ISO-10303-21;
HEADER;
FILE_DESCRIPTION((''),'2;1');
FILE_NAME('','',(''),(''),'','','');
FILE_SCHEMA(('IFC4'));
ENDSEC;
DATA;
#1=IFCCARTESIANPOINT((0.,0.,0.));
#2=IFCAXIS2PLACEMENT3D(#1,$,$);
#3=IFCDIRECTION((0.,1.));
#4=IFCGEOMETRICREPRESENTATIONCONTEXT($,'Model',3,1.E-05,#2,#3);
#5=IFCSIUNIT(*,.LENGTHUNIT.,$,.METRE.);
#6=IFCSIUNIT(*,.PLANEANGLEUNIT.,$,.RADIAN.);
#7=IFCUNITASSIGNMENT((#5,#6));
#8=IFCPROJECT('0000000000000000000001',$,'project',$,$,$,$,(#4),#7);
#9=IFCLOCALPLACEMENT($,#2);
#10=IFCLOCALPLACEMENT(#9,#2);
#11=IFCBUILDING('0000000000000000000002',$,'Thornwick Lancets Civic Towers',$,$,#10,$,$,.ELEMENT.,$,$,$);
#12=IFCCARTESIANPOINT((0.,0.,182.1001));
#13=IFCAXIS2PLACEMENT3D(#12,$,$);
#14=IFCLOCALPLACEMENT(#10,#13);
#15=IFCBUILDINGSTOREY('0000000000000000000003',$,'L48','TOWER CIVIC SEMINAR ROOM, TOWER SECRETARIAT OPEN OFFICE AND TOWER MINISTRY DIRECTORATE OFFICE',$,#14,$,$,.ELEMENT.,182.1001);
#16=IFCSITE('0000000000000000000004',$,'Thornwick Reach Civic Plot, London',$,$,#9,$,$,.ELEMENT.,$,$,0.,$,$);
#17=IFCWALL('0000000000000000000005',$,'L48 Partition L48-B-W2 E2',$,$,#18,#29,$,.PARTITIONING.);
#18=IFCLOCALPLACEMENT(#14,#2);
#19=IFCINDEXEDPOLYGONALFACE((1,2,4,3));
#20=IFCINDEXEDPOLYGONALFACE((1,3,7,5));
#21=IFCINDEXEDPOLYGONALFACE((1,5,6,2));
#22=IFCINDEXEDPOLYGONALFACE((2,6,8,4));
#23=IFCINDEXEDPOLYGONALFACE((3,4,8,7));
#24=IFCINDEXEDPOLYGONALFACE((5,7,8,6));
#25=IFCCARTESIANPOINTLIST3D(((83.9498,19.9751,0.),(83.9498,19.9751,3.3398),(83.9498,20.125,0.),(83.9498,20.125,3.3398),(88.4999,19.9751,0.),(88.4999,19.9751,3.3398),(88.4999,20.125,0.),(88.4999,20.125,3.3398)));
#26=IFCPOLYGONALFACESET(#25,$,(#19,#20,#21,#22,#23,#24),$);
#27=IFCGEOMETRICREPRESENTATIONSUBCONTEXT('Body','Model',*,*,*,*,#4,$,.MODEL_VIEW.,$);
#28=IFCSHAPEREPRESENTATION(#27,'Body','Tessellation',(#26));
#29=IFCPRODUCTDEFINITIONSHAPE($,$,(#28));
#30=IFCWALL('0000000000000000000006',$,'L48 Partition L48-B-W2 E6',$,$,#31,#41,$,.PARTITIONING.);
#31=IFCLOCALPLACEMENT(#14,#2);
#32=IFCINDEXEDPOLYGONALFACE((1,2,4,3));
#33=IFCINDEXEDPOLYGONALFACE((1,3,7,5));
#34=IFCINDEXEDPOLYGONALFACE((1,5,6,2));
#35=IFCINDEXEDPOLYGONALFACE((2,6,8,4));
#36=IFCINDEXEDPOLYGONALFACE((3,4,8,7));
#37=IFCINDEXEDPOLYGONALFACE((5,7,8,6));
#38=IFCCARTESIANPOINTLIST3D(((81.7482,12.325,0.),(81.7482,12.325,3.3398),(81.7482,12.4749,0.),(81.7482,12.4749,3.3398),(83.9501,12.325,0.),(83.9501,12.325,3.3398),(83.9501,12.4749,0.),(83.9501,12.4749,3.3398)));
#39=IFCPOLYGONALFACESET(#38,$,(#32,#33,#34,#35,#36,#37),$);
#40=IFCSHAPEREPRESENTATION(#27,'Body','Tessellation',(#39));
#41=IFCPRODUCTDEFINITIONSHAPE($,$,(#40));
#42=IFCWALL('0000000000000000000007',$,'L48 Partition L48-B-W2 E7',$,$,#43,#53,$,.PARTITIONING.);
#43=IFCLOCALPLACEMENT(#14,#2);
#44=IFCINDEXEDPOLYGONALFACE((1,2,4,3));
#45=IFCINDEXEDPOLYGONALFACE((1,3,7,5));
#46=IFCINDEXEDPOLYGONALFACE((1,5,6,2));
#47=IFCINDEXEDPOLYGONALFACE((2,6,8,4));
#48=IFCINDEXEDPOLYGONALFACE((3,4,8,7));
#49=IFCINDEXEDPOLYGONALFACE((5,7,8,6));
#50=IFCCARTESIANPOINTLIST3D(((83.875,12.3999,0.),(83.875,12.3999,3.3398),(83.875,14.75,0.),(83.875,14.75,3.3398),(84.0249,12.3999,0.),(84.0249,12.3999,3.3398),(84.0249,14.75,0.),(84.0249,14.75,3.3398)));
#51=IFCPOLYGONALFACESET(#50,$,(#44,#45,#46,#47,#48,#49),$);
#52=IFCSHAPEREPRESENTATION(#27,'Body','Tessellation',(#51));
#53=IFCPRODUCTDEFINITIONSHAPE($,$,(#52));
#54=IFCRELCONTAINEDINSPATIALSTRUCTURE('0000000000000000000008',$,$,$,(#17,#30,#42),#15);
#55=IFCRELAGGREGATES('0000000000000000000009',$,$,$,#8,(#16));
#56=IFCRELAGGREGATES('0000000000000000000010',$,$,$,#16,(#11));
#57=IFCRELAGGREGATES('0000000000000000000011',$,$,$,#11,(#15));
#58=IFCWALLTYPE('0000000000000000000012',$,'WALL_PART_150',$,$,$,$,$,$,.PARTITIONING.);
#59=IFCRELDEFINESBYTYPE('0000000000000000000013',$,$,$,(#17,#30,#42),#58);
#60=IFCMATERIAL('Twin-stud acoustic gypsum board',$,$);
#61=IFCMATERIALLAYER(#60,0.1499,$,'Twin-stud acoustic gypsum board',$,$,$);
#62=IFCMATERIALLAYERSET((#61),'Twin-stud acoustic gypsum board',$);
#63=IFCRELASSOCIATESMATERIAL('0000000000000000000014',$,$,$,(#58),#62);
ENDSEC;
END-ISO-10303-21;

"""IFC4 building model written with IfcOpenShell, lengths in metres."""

from ifc_helpers import new_model, si_unit, direction, frame, frame_2d, origin, place, context, subcontext, project, spatial, rectangle, extrude, material, layer, layer_set, type_object, element, save


model = new_model("IFC4")

# Units and contexts
model_context = context("Model", 3, precision=1e-05, world=origin(), true_north=direction((0.0, 1.0)))
body_context = subcontext(model_context, "Body", "Model", "MODEL_VIEW")
ifc_project = project(units=[si_unit("LENGTHUNIT", "METRE"), si_unit("PLANEANGLEUNIT", "RADIAN")], contexts=[model_context])

# Site, building, storey
site_placement = place(None, origin())
site = spatial("IfcSite", under=ifc_project, at=site_placement, Name="Thornwick Reach Civic Plot, London", CompositionType="ELEMENT", RefElevation=0.0)
building_placement = place(site_placement, origin())
building = spatial("IfcBuilding", under=site, at=building_placement, Name="Thornwick Lancets Civic Towers", CompositionType="ELEMENT")
storey_placement = place(building_placement, frame((0.0, 0.0, 182.1001)))
storey = spatial("IfcBuildingStorey", under=building, at=storey_placement, Name="L48", Description="TOWER CIVIC SEMINAR ROOM, TOWER SECRETARIAT OPEN OFFICE AND TOWER MINISTRY DIRECTORATE OFFICE", CompositionType="ELEMENT", Elevation=182.1001)

# Shared definitions
ifc_material_1 = material(Name="Twin-stud acoustic gypsum board")
ifc_layer_1 = layer(ifc_material_1, 0.1499, Name="Twin-stud acoustic gypsum board")
ifc_layer_set_1 = layer_set([ifc_layer_1], Name="Twin-stud acoustic gypsum board")
wall_type_1 = type_object("IfcWallType", Name="WALL_PART_150", PredefinedType="PARTITIONING", material=ifc_layer_set_1)

# Walls
wall_1_placement = place(storey_placement, frame((83.95, 20.05, 0.0), z_axis=(0.0, 0.0, 1.0), x_axis=(1.0, 0.0, 0.0)))
element("IfcWall", 1, at=wall_1_placement, inside=storey, type_object=wall_type_1, Name="L48 Partition L48-B-W2 E2", PredefinedType="PARTITIONING", context=body_context, shape_type="SweptSolid", body=[
    extrude(rectangle(XDim=4.55, YDim=0.1499, at=frame_2d((2.2749, 0.0))), origin(), (0.0, 0.0, 1.0), 3.3398),
])
wall_2_placement = place(storey_placement, frame((81.748, 12.3999, 0.0), z_axis=(0.0, 0.0, 1.0), x_axis=(1.0, 0.0, 0.0)))
element("IfcWall", 2, at=wall_2_placement, inside=storey, type_object=wall_type_1, Name="L48 Partition L48-B-W2 E6", PredefinedType="PARTITIONING", context=body_context, shape_type="SweptSolid", body=[
    extrude(rectangle(XDim=2.2019, YDim=0.1499, at=frame_2d((1.1011, 0.0))), origin(), (0.0, 0.0, 1.0), 3.3398),
])
wall_3_placement = place(storey_placement, frame((83.95, 12.3999, 0.0), z_axis=(0.0, 0.0, 1.0), x_axis=(0.0, 1.0, 0.0)))
element("IfcWall", 3, at=wall_3_placement, inside=storey, type_object=wall_type_1, Name="L48 Partition L48-B-W2 E7", PredefinedType="PARTITIONING", context=body_context, shape_type="SweptSolid", body=[
    extrude(rectangle(XDim=2.3501, YDim=0.1499, at=frame_2d((1.175, 0.0))), origin(), (0.0, 0.0, 1.0), 3.3398),
])

save(model, "model.ifc")
